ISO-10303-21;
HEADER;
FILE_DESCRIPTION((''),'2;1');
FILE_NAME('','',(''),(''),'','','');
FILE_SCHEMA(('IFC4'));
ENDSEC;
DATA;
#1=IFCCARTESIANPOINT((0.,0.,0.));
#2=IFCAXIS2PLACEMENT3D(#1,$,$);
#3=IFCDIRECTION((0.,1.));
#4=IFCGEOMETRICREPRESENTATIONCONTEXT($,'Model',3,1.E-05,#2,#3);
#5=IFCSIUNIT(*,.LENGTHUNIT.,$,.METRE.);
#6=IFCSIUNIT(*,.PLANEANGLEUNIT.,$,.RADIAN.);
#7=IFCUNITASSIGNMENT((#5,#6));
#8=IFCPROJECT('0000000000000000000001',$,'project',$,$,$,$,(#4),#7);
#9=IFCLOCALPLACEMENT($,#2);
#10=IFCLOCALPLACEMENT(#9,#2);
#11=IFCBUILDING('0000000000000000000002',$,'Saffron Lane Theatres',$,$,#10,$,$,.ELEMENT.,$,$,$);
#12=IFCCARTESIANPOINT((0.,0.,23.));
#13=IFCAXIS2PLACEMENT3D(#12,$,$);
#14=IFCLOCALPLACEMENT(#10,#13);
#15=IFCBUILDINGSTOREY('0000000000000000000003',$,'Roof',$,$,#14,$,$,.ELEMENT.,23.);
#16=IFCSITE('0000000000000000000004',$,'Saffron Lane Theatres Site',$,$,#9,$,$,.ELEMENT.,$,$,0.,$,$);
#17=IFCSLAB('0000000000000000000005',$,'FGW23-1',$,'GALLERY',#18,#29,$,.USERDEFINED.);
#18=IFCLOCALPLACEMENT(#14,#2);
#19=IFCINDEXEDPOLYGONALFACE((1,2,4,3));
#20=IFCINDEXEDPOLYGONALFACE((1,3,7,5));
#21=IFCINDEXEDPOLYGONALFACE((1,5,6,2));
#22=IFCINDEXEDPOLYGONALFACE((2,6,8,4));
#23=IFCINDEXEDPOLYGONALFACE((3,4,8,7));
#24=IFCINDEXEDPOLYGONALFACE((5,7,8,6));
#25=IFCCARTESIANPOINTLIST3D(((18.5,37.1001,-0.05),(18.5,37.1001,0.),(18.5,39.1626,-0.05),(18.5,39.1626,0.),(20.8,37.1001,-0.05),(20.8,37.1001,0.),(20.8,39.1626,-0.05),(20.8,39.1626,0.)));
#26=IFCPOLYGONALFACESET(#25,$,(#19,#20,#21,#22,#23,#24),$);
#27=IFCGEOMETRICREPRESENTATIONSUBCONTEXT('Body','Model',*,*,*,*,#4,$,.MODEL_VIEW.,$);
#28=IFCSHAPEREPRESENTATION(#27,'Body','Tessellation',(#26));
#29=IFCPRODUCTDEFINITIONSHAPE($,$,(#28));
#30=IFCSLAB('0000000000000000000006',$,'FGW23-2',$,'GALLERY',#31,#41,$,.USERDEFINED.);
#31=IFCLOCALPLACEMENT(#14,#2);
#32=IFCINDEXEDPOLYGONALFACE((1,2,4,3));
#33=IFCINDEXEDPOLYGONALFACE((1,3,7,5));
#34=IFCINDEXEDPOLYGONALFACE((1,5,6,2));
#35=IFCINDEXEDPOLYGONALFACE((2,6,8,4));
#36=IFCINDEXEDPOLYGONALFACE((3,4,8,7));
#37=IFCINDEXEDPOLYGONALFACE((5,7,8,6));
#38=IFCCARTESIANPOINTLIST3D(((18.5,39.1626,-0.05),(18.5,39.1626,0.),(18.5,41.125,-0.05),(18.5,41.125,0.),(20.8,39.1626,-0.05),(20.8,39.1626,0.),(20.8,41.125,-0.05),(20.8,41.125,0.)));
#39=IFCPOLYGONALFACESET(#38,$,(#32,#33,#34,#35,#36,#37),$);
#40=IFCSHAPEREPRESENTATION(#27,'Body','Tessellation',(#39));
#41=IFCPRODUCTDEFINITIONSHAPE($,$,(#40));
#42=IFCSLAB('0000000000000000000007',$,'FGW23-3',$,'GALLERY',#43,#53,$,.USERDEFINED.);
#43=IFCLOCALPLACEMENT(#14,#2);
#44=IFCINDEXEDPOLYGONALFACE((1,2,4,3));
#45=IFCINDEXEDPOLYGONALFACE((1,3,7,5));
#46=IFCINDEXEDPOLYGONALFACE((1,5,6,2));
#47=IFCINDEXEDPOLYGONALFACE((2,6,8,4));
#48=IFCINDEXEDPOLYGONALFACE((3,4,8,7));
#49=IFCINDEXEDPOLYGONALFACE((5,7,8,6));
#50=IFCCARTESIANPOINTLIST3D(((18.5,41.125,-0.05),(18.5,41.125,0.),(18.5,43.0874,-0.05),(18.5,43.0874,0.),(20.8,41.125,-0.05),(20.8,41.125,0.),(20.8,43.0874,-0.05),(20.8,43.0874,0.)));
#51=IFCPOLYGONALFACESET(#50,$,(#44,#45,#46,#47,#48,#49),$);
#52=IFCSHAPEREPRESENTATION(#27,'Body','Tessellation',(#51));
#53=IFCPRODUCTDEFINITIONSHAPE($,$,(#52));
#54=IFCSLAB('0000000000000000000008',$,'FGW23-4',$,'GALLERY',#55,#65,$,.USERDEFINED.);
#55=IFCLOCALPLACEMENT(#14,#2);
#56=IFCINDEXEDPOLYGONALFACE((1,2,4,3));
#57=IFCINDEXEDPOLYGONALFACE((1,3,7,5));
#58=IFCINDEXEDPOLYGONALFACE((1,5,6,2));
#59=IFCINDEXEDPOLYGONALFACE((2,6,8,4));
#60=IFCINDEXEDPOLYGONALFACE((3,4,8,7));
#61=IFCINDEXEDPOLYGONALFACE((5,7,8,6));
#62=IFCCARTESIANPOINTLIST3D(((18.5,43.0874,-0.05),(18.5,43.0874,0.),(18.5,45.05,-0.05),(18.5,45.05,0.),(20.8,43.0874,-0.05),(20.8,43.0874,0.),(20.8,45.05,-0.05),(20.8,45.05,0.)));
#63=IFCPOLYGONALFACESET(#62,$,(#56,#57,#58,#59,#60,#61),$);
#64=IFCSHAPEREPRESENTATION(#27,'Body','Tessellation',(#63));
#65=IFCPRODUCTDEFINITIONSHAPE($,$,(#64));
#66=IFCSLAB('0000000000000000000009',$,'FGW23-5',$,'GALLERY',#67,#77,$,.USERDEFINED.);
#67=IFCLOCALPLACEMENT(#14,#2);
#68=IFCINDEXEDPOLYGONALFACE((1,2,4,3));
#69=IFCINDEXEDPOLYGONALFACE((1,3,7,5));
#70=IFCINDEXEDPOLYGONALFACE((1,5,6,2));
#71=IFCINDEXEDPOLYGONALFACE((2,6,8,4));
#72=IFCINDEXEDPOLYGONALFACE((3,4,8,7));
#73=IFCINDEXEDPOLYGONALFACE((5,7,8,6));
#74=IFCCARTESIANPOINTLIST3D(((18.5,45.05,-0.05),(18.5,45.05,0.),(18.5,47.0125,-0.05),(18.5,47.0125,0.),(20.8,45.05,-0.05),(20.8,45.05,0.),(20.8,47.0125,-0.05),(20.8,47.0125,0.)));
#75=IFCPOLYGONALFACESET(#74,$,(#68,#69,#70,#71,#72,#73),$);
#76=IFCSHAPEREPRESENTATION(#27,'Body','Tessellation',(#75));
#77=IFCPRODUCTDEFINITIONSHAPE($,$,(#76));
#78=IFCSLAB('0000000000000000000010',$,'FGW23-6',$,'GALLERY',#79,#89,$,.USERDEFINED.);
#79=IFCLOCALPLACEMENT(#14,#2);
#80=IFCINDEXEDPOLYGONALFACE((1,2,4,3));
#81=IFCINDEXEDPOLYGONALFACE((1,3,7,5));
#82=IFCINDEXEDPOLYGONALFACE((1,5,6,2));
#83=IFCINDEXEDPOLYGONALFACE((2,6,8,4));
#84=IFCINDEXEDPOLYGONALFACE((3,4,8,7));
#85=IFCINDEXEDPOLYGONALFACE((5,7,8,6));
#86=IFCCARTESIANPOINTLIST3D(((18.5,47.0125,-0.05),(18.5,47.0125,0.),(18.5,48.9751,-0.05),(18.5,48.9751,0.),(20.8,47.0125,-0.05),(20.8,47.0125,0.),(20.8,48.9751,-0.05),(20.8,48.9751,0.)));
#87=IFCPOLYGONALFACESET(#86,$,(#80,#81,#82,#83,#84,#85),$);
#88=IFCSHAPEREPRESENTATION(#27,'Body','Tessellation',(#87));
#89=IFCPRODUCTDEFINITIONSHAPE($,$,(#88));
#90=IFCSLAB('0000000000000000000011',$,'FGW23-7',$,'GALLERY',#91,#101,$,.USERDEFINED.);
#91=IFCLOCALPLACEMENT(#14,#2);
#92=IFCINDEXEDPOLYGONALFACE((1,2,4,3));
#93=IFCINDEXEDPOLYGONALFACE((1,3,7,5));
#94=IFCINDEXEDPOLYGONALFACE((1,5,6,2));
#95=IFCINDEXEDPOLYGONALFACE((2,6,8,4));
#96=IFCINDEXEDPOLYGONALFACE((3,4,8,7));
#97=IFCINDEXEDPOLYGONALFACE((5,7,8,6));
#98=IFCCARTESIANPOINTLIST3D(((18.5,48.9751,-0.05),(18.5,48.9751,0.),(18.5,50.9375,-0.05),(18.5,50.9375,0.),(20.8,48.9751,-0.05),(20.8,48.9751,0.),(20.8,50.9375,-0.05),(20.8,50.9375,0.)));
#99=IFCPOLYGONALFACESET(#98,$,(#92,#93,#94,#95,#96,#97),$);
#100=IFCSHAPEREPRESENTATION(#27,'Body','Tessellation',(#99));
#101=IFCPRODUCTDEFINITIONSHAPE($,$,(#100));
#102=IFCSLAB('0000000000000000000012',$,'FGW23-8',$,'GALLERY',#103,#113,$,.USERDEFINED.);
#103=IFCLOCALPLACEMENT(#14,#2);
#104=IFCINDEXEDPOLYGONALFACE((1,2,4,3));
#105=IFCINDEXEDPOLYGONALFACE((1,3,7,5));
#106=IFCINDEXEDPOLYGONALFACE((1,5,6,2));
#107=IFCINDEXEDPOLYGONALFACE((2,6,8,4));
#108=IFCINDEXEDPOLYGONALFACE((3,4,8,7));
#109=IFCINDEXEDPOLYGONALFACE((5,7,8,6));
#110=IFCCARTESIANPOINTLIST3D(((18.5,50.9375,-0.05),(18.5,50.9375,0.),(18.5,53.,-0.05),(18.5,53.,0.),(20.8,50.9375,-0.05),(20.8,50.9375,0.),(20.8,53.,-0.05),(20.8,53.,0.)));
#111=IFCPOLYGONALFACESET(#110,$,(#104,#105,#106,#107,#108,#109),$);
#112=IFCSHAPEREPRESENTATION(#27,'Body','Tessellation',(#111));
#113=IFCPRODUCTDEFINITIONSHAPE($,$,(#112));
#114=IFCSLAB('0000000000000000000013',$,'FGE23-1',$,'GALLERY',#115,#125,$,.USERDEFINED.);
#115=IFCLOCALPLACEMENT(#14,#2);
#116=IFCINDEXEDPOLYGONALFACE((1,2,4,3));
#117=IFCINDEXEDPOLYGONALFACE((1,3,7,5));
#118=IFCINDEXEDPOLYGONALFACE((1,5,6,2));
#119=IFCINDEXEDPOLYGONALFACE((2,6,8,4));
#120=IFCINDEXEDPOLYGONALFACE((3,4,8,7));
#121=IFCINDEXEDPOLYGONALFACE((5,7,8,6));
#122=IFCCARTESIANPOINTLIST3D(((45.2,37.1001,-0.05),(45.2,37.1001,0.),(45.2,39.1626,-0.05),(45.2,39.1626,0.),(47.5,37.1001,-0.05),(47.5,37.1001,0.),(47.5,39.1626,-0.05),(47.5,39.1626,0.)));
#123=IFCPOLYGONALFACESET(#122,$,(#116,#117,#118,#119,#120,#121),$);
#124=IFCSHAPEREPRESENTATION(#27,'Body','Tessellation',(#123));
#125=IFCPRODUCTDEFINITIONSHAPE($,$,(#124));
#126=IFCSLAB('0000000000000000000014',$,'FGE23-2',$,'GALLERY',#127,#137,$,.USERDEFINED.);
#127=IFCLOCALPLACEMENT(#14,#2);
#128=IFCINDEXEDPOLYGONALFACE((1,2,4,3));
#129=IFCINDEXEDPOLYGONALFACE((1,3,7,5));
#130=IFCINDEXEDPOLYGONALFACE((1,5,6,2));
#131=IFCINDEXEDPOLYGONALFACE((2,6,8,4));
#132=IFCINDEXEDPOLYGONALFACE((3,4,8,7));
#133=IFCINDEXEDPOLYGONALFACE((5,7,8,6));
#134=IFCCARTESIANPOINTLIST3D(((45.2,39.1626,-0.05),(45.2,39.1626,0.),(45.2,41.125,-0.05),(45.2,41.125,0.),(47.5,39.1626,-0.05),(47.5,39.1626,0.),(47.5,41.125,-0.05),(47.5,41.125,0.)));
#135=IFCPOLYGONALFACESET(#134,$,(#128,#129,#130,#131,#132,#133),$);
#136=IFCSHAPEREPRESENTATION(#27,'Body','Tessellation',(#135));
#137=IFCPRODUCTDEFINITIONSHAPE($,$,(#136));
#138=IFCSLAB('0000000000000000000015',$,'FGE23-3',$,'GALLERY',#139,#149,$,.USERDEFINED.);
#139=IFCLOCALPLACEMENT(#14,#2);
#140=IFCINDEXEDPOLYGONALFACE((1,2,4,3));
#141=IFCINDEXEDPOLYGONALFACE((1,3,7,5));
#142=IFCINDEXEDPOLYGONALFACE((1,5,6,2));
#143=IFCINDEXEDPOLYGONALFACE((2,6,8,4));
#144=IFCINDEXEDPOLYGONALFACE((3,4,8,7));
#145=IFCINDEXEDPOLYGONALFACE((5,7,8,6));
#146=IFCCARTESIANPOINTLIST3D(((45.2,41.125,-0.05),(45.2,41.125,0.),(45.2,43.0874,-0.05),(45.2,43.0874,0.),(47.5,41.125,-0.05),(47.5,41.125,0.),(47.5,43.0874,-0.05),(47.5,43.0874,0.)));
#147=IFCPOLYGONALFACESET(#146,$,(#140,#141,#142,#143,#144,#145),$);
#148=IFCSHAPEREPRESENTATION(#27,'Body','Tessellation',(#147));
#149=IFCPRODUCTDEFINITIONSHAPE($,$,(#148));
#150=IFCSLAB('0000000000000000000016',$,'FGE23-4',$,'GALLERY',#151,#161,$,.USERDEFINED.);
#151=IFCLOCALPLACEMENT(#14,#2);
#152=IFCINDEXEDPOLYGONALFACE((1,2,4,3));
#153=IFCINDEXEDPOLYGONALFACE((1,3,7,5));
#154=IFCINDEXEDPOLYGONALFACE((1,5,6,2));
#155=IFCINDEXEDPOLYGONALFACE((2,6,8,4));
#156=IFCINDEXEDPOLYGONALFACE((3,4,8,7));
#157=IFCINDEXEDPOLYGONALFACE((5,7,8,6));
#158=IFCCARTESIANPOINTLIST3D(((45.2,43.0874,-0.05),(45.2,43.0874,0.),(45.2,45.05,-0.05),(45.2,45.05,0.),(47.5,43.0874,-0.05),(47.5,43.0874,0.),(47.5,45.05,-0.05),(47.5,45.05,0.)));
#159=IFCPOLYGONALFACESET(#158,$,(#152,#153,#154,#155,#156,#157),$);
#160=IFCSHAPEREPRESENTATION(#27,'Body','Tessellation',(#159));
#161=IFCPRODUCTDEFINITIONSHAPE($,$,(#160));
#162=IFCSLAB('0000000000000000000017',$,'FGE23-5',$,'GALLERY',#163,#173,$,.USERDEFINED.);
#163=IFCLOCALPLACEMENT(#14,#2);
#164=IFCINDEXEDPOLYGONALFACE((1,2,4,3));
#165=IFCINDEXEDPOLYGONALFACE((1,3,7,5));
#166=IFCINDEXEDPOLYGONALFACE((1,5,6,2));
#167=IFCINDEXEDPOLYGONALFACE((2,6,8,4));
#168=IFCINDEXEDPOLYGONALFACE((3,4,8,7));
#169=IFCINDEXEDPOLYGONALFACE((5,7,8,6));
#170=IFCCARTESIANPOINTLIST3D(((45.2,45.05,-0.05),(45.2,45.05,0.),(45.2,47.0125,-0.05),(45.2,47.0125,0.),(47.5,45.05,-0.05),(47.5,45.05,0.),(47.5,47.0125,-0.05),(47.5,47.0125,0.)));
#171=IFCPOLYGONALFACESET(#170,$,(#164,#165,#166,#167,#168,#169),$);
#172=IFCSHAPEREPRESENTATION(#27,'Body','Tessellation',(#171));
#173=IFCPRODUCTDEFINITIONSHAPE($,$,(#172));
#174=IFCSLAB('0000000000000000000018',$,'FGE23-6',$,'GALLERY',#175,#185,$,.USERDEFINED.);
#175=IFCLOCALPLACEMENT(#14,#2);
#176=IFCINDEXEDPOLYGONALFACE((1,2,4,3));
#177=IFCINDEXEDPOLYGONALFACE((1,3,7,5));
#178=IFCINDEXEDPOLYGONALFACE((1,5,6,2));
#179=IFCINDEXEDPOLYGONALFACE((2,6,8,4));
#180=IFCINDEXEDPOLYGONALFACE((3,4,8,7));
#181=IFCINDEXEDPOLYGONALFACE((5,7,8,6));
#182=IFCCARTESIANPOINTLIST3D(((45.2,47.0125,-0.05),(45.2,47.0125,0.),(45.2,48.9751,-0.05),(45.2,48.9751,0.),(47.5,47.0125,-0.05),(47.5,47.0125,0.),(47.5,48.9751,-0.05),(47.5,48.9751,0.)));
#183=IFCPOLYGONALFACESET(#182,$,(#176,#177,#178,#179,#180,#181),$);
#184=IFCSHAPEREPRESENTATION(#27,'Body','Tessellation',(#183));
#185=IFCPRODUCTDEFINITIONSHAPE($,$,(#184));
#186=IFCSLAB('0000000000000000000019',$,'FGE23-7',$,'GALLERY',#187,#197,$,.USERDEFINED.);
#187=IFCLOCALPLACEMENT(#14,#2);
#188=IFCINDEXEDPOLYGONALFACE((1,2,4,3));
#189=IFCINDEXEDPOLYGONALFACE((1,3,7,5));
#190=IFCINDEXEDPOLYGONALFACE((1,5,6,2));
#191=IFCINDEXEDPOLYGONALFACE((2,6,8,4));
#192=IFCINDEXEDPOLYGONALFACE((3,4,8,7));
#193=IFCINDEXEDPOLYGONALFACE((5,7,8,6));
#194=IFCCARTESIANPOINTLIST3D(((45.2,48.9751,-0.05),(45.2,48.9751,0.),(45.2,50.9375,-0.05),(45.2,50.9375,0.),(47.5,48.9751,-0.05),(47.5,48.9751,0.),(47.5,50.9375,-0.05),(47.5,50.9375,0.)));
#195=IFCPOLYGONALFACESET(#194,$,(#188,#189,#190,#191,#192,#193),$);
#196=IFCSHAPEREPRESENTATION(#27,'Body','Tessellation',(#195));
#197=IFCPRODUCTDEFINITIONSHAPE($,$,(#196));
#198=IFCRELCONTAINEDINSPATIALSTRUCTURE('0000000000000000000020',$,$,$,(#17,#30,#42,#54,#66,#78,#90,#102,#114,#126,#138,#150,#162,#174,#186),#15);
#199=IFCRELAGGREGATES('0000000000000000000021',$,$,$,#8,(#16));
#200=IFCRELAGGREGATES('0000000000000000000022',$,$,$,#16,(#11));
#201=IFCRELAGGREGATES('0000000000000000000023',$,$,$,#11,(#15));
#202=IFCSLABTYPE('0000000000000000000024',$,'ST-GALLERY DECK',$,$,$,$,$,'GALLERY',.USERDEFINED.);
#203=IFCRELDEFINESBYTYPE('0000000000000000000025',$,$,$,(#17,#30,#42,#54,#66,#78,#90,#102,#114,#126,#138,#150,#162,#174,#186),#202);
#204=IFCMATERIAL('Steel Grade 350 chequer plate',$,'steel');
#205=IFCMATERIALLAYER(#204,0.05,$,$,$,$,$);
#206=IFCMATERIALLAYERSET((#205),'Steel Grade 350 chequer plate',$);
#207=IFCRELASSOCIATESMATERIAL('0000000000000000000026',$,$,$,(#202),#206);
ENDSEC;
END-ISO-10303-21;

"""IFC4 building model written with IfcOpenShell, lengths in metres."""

from ifc_helpers import new_model, si_unit, direction, frame, origin, place, context, subcontext, project, spatial, polyline, outline, extrude, material, layer, layer_set, type_object, element, save


model = new_model("IFC4")

# Units and contexts
model_context = context("Model", 3, precision=1e-05, world=origin(), true_north=direction((0.0, 1.0)))
body_context = subcontext(model_context, "Body", "Model", "MODEL_VIEW")
ifc_project = project(units=[si_unit("LENGTHUNIT", "METRE"), si_unit("PLANEANGLEUNIT", "RADIAN")], contexts=[model_context])

# Site, building, storey
site_placement = place(None, origin())
site = spatial("IfcSite", under=ifc_project, at=site_placement, Name="Saffron Lane Theatres Site", CompositionType="ELEMENT", RefElevation=0.0)
building_placement = place(site_placement, origin())
building = spatial("IfcBuilding", under=site, at=building_placement, Name="Saffron Lane Theatres", CompositionType="ELEMENT")
storey_placement = place(building_placement, frame((0.0, 0.0, 23.0)))
storey = spatial("IfcBuildingStorey", under=building, at=storey_placement, Name="Roof", CompositionType="ELEMENT", Elevation=23.0)

# Slabs
ifc_material_1 = material(Name="Steel Grade 350 chequer plate", Category="steel")
ifc_layer_1 = layer(ifc_material_1, 0.05)
ifc_layer_set_1 = layer_set([ifc_layer_1], Name="Steel Grade 350 chequer plate")
slab_type_1 = type_object("IfcSlabType", Name="ST-GALLERY DECK", ElementType="GALLERY", PredefinedType="USERDEFINED", material=ifc_layer_set_1)
slab_1_placement = place(storey_placement, frame((0.0, 0.0, -0.05)))
element("IfcSlab", 1, at=slab_1_placement, inside=storey, type_object=slab_type_1, Name="FGW23-1", ObjectType="GALLERY", PredefinedType="USERDEFINED", context=body_context, shape_type="SweptSolid", body=[
    extrude(outline(polyline([(18.5, 37.1001), (20.8, 37.1001), (20.8, 39.1626), (18.5, 39.1626), (18.5, 37.1001)])), origin(), (0.0, 0.0, 1.0), 0.05),
])
slab_2_placement = place(storey_placement, frame((0.0, 0.0, -0.05)))
element("IfcSlab", 2, at=slab_2_placement, inside=storey, type_object=slab_type_1, Name="FGW23-2", ObjectType="GALLERY", PredefinedType="USERDEFINED", context=body_context, shape_type="SweptSolid", body=[
    extrude(outline(polyline([(18.5, 39.1626), (20.8, 39.1626), (20.8, 41.125), (18.5, 41.125), (18.5, 39.1626)])), origin(), (0.0, 0.0, 1.0), 0.05),
])
slab_3_placement = place(storey_placement, frame((0.0, 0.0, -0.05)))
element("IfcSlab", 3, at=slab_3_placement, inside=storey, type_object=slab_type_1, Name="FGW23-3", ObjectType="GALLERY", PredefinedType="USERDEFINED", context=body_context, shape_type="SweptSolid", body=[
    extrude(outline(polyline([(18.5, 41.125), (20.8, 41.125), (20.8, 43.0874), (18.5, 43.0874), (18.5, 41.125)])), origin(), (0.0, 0.0, 1.0), 0.05),
])
slab_4_placement = place(storey_placement, frame((0.0, 0.0, -0.05)))
element("IfcSlab", 4, at=slab_4_placement, inside=storey, type_object=slab_type_1, Name="FGW23-4", ObjectType="GALLERY", PredefinedType="USERDEFINED", context=body_context, shape_type="SweptSolid", body=[
    extrude(outline(polyline([(18.5, 43.0874), (20.8, 43.0874), (20.8, 45.05), (18.5, 45.05), (18.5, 43.0874)])), origin(), (0.0, 0.0, 1.0), 0.05),
])
slab_5_placement = place(storey_placement, frame((0.0, 0.0, -0.05)))
element("IfcSlab", 5, at=slab_5_placement, inside=storey, type_object=slab_type_1, Name="FGW23-5", ObjectType="GALLERY", PredefinedType="USERDEFINED", context=body_context, shape_type="SweptSolid", body=[
    extrude(outline(polyline([(18.5, 45.05), (20.8, 45.05), (20.8, 47.0125), (18.5, 47.0125), (18.5, 45.05)])), origin(), (0.0, 0.0, 1.0), 0.05),
])
slab_6_placement = place(storey_placement, frame((0.0, 0.0, -0.05)))
element("IfcSlab", 6, at=slab_6_placement, inside=storey, type_object=slab_type_1, Name="FGW23-6", ObjectType="GALLERY", PredefinedType="USERDEFINED", context=body_context, shape_type="SweptSolid", body=[
    extrude(outline(polyline([(18.5, 47.0125), (20.8, 47.0125), (20.8, 48.9751), (18.5, 48.9751), (18.5, 47.0125)])), origin(), (0.0, 0.0, 1.0), 0.05),
])
slab_7_placement = place(storey_placement, frame((0.0, 0.0, -0.05)))
element("IfcSlab", 7, at=slab_7_placement, inside=storey, type_object=slab_type_1, Name="FGW23-7", ObjectType="GALLERY", PredefinedType="USERDEFINED", context=body_context, shape_type="SweptSolid", body=[
    extrude(outline(polyline([(18.5, 48.9751), (20.8, 48.9751), (20.8, 50.9375), (18.5, 50.9375), (18.5, 48.9751)])), origin(), (0.0, 0.0, 1.0), 0.05),
])
slab_8_placement = place(storey_placement, frame((0.0, 0.0, -0.05)))
element("IfcSlab", 8, at=slab_8_placement, inside=storey, type_object=slab_type_1, Name="FGW23-8", ObjectType="GALLERY", PredefinedType="USERDEFINED", context=body_context, shape_type="SweptSolid", body=[
    extrude(outline(polyline([(18.5, 50.9375), (20.8, 50.9375), (20.8, 53.0), (18.5, 53.0), (18.5, 50.9375)])), origin(), (0.0, 0.0, 1.0), 0.05),
])
slab_9_placement = place(storey_placement, frame((0.0, 0.0, -0.05)))
element("IfcSlab", 9, at=slab_9_placement, inside=storey, type_object=slab_type_1, Name="FGE23-1", ObjectType="GALLERY", PredefinedType="USERDEFINED", context=body_context, shape_type="SweptSolid", body=[
    extrude(outline(polyline([(45.2, 37.1001), (47.5, 37.1001), (47.5, 39.1626), (45.2, 39.1626), (45.2, 37.1001)])), origin(), (0.0, 0.0, 1.0), 0.05),
])
slab_10_placement = place(storey_placement, frame((0.0, 0.0, -0.05)))
element("IfcSlab", 10, at=slab_10_placement, inside=storey, type_object=slab_type_1, Name="FGE23-2", ObjectType="GALLERY", PredefinedType="USERDEFINED", context=body_context, shape_type="SweptSolid", body=[
    extrude(outline(polyline([(45.2, 39.1626), (47.5, 39.1626), (47.5, 41.125), (45.2, 41.125), (45.2, 39.1626)])), origin(), (0.0, 0.0, 1.0), 0.05),
])
slab_11_placement = place(storey_placement, frame((0.0, 0.0, -0.05)))
element("IfcSlab", 11, at=slab_11_placement, inside=storey, type_object=slab_type_1, Name="FGE23-3", ObjectType="GALLERY", PredefinedType="USERDEFINED", context=body_context, shape_type="SweptSolid", body=[
    extrude(outline(polyline([(45.2, 41.125), (47.5, 41.125), (47.5, 43.0874), (45.2, 43.0874), (45.2, 41.125)])), origin(), (0.0, 0.0, 1.0), 0.05),
])
slab_12_placement = place(storey_placement, frame((0.0, 0.0, -0.05)))
element("IfcSlab", 12, at=slab_12_placement, inside=storey, type_object=slab_type_1, Name="FGE23-4", ObjectType="GALLERY", PredefinedType="USERDEFINED", context=body_context, shape_type="SweptSolid", body=[
    extrude(outline(polyline([(45.2, 43.0874), (47.5, 43.0874), (47.5, 45.05), (45.2, 45.05), (45.2, 43.0874)])), origin(), (0.0, 0.0, 1.0), 0.05),
])
slab_13_placement = place(storey_placement, frame((0.0, 0.0, -0.05)))
element("IfcSlab", 13, at=slab_13_placement, inside=storey, type_object=slab_type_1, Name="FGE23-5", ObjectType="GALLERY", PredefinedType="USERDEFINED", context=body_context, shape_type="SweptSolid", body=[
    extrude(outline(polyline([(45.2, 45.05), (47.5, 45.05), (47.5, 47.0125), (45.2, 47.0125), (45.2, 45.05)])), origin(), (0.0, 0.0, 1.0), 0.05),
])
slab_14_placement = place(storey_placement, frame((0.0, 0.0, -0.05)))
element("IfcSlab", 14, at=slab_14_placement, inside=storey, type_object=slab_type_1, Name="FGE23-6", ObjectType="GALLERY", PredefinedType="USERDEFINED", context=body_context, shape_type="SweptSolid", body=[
    extrude(outline(polyline([(45.2, 47.0125), (47.5, 47.0125), (47.5, 48.9751), (45.2, 48.9751), (45.2, 47.0125)])), origin(), (0.0, 0.0, 1.0), 0.05),
])
slab_15_placement = place(storey_placement, frame((0.0, 0.0, -0.05)))
element("IfcSlab", 15, at=slab_15_placement, inside=storey, type_object=slab_type_1, Name="FGE23-7", ObjectType="GALLERY", PredefinedType="USERDEFINED", context=body_context, shape_type="SweptSolid", body=[
    extrude(outline(polyline([(45.2, 48.9751), (47.5, 48.9751), (47.5, 50.9375), (45.2, 50.9375), (45.2, 48.9751)])), origin(), (0.0, 0.0, 1.0), 0.05),
])

save(model, "model.ifc")
